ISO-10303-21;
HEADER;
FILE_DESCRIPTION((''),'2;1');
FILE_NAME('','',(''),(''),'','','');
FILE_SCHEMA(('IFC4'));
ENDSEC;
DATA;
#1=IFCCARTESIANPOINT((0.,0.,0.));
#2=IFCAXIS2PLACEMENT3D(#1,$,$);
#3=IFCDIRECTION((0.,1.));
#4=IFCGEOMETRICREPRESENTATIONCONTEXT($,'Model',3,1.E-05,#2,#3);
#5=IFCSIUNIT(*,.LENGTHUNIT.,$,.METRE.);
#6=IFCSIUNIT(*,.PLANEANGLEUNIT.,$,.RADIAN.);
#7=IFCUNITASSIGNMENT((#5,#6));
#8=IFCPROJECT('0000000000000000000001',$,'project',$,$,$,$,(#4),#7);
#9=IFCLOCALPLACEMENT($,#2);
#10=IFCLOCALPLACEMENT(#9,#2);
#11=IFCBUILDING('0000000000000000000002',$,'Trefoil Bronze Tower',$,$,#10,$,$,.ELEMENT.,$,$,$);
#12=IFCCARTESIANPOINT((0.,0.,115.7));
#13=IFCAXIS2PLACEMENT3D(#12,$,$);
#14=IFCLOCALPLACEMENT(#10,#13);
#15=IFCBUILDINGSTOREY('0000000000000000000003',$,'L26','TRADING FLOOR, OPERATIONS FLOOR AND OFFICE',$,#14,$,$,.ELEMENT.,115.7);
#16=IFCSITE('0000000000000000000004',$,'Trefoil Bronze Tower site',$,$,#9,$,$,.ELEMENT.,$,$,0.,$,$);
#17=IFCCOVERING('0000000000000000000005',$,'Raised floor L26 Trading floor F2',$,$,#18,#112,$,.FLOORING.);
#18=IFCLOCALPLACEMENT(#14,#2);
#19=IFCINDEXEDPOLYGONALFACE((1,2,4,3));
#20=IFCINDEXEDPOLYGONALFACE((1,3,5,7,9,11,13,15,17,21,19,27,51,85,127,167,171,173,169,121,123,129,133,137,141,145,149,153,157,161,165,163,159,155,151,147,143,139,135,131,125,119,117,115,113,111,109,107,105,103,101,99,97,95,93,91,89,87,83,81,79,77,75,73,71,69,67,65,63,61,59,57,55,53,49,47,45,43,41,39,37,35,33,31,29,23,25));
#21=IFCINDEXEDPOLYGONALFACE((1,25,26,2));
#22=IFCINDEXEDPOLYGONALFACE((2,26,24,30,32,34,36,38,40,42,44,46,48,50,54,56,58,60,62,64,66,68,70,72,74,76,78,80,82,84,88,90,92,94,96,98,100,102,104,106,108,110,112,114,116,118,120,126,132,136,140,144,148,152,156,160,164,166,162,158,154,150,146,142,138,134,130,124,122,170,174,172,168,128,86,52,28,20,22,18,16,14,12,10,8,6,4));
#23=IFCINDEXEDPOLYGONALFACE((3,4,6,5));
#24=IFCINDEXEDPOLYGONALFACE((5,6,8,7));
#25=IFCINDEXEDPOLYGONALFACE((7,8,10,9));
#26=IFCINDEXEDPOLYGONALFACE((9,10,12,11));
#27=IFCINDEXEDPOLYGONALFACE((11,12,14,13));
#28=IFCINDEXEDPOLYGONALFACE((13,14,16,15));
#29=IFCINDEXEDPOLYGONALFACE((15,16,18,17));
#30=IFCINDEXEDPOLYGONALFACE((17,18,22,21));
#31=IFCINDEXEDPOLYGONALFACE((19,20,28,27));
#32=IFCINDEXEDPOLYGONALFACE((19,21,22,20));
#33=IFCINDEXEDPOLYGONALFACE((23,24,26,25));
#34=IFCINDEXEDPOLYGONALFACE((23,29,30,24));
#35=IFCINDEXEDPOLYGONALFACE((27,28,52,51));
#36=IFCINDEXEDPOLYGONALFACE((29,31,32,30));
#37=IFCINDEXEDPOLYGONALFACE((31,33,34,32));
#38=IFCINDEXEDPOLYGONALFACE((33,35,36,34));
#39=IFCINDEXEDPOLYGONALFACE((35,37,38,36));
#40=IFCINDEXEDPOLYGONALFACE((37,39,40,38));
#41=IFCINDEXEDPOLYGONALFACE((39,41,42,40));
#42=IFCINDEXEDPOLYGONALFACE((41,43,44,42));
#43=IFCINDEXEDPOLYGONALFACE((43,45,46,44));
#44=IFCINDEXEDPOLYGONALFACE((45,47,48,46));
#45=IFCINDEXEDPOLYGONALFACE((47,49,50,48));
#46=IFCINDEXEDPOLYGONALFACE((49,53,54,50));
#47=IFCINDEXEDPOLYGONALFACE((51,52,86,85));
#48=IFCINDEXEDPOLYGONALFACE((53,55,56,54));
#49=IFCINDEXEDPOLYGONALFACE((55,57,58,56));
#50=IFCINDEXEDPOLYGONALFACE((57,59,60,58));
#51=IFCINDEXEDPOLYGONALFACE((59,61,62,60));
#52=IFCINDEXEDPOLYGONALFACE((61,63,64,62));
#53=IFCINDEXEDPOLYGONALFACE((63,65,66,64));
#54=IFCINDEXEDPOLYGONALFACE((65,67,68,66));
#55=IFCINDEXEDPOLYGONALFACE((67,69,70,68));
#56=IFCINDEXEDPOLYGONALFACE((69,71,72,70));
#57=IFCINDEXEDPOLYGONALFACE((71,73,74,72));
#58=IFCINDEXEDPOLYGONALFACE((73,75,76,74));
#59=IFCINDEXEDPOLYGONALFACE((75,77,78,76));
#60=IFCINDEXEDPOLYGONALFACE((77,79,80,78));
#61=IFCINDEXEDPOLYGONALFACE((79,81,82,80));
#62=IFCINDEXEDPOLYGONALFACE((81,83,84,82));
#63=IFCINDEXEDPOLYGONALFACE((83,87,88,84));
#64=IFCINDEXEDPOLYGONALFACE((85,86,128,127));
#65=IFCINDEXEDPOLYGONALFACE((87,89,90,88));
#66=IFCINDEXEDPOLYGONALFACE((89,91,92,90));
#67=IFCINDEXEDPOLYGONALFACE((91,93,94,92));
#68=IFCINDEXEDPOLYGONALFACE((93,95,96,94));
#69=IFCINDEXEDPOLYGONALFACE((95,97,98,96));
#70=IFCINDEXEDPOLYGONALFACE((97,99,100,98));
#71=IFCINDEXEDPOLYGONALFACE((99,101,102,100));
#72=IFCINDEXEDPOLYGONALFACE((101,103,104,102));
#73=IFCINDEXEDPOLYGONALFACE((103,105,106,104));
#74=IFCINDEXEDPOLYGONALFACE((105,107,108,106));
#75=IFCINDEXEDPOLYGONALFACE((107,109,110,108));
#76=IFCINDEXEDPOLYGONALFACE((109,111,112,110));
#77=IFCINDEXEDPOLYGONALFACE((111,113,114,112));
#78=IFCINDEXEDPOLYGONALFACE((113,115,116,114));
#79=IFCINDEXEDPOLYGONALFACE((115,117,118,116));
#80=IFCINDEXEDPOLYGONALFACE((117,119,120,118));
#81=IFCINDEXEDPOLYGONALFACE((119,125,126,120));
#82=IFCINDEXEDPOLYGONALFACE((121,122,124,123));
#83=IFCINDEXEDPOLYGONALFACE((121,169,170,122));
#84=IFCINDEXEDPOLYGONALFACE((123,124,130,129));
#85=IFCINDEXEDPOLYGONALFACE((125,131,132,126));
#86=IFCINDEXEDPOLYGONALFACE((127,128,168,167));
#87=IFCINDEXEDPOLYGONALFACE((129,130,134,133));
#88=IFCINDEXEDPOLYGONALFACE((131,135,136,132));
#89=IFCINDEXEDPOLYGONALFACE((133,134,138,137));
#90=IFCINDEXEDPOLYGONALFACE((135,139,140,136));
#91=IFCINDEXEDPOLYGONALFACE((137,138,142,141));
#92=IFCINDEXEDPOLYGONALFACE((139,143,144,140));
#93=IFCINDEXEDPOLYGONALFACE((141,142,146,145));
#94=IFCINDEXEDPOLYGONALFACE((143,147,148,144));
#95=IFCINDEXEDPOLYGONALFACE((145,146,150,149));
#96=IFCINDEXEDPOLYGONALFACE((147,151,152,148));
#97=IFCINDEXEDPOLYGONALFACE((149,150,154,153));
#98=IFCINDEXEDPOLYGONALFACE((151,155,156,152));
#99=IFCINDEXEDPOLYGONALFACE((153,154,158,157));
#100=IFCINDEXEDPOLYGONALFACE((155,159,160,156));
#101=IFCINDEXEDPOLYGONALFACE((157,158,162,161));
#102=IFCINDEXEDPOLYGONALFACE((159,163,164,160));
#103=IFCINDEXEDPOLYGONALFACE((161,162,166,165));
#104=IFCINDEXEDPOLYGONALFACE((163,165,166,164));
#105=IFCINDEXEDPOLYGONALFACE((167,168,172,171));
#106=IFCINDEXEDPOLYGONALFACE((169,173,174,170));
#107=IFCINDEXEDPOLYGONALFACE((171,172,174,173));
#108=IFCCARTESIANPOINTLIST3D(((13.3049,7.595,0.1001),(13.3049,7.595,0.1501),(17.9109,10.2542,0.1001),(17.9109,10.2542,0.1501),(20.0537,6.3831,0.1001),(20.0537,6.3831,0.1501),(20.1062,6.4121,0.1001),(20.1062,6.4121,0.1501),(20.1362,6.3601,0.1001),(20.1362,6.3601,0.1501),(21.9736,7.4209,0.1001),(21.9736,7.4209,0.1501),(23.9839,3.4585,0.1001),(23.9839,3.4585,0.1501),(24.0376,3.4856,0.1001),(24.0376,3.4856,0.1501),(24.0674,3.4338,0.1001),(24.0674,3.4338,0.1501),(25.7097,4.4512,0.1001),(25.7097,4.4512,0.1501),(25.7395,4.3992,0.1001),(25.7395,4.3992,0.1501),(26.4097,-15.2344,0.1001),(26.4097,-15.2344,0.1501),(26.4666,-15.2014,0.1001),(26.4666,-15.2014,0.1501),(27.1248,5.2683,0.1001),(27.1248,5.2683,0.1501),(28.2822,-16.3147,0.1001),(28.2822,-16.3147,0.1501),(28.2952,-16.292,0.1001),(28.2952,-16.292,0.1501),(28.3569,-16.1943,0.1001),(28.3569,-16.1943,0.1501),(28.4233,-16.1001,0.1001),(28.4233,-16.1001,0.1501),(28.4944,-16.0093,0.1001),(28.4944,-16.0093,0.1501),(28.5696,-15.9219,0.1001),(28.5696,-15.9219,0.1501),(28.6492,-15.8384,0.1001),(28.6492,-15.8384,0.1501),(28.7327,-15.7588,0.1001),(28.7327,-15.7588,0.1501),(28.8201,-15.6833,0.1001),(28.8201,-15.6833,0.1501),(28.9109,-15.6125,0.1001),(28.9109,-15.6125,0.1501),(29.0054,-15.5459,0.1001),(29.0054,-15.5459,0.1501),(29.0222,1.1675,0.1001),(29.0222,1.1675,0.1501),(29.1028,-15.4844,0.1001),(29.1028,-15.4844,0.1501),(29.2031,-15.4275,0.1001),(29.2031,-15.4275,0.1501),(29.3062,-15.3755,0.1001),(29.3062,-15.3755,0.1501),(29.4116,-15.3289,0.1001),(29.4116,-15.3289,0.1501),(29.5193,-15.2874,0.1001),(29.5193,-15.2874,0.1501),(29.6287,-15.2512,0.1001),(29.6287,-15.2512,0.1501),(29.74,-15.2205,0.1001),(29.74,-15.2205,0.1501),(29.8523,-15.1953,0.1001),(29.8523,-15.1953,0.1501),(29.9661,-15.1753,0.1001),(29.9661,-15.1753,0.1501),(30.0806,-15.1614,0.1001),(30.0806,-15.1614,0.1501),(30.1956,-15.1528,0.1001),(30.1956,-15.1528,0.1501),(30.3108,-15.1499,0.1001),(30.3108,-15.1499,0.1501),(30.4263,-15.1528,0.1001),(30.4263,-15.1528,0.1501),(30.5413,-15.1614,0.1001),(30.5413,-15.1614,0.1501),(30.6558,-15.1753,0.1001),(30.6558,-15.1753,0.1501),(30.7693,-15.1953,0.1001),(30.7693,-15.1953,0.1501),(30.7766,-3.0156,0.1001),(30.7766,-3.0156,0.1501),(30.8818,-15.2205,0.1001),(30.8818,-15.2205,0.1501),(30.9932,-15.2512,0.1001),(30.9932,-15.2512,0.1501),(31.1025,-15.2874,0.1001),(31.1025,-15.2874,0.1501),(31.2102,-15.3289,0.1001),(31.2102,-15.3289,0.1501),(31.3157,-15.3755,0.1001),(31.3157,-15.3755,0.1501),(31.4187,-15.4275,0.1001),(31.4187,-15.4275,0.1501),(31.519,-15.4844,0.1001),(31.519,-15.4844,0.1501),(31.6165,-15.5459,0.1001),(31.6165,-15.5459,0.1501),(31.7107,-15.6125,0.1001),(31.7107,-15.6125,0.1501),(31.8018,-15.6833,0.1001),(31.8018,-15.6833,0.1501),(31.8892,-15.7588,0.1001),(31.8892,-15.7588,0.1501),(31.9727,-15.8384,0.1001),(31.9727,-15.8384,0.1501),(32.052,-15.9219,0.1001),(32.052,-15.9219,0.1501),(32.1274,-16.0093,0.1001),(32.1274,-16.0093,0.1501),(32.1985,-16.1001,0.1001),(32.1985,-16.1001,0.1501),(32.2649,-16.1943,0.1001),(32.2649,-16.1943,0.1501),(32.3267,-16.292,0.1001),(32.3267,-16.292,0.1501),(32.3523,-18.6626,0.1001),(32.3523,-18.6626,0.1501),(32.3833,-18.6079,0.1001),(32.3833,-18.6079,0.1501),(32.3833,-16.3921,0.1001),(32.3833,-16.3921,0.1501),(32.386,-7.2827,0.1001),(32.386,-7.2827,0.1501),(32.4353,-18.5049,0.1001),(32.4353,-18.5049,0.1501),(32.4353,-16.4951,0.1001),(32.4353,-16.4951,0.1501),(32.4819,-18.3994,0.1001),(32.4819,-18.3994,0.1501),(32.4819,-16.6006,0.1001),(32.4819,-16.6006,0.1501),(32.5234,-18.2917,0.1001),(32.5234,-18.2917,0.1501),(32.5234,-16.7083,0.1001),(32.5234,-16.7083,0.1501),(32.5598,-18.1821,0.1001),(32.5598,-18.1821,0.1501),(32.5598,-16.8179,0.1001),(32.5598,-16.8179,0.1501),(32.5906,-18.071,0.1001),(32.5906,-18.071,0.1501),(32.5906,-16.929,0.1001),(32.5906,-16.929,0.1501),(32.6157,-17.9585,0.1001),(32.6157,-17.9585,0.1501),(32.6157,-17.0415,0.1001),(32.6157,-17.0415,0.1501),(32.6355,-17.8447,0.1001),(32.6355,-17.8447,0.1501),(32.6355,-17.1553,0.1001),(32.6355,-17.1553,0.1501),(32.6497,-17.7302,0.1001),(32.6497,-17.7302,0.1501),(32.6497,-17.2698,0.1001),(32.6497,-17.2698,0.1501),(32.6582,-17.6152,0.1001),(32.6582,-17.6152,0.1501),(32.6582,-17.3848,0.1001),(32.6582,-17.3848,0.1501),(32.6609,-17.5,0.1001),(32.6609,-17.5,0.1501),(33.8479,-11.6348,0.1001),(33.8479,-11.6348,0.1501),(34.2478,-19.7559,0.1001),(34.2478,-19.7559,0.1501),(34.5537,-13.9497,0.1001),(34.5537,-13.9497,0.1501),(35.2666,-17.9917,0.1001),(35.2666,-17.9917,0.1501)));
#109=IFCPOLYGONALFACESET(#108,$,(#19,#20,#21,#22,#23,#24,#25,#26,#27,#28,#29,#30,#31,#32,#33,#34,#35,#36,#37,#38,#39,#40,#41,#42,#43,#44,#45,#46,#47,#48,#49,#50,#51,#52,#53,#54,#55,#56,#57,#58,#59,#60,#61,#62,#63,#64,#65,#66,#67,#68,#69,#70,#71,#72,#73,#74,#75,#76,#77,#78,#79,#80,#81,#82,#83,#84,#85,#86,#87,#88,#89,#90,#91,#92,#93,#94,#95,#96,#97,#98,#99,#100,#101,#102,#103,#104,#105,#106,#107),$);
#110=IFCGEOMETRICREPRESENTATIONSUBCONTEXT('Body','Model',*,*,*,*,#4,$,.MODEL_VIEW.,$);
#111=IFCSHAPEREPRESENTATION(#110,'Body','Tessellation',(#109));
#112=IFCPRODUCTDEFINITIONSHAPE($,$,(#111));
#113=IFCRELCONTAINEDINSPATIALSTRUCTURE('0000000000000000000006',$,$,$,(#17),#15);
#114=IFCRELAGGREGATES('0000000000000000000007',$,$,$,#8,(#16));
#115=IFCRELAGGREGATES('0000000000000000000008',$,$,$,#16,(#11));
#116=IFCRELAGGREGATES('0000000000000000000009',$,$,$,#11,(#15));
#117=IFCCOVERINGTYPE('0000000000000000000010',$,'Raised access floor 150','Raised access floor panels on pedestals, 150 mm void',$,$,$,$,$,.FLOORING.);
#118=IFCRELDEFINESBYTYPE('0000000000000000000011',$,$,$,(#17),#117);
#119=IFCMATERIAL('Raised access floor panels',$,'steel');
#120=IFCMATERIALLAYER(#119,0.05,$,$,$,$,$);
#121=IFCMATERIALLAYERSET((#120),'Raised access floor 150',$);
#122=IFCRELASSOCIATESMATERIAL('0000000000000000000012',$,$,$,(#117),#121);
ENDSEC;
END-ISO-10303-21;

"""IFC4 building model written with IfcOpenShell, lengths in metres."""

from ifc_helpers import new_model, si_unit, direction, frame, origin, place, context, subcontext, project, spatial, polyline, outline, extrude, material, layer, layer_set, type_object, element, save


model = new_model("IFC4")

# Units and contexts
model_context = context("Model", 3, precision=1e-05, world=origin(), true_north=direction((0.0, 1.0)))
body_context = subcontext(model_context, "Body", "Model", "MODEL_VIEW")
ifc_project = project(units=[si_unit("LENGTHUNIT", "METRE"), si_unit("PLANEANGLEUNIT", "RADIAN")], contexts=[model_context])

# Site, building, storey
site_placement = place(None, origin())
site = spatial("IfcSite", under=ifc_project, at=site_placement, Name="Trefoil Bronze Tower site", CompositionType="ELEMENT", RefElevation=0.0)
building_placement = place(site_placement, origin())
building = spatial("IfcBuilding", under=site, at=building_placement, Name="Trefoil Bronze Tower", CompositionType="ELEMENT")
storey_placement = place(building_placement, frame((0.0, 0.0, 115.7)))
storey = spatial("IfcBuildingStorey", under=building, at=storey_placement, Name="L26", Description="TRADING FLOOR, OPERATIONS FLOOR AND OFFICE", CompositionType="ELEMENT", Elevation=115.7)

# Covering
ifc_material_1 = material(Name="Raised access floor panels", Category="steel")
ifc_layer_1 = layer(ifc_material_1, 0.05)
ifc_layer_set_1 = layer_set([ifc_layer_1], Name="Raised access floor 150")
covering_type_1 = type_object("IfcCoveringType", Name="Raised access floor 150", Description="Raised access floor panels on pedestals, 150 mm void", PredefinedType="FLOORING", material=ifc_layer_set_1)
covering_1_placement = place(storey_placement, frame((0.0, 0.0, 0.1001)))
element("IfcCovering", 1, at=covering_1_placement, inside=storey, type_object=covering_type_1, Name="Raised floor L26 Trading floor F2", PredefinedType="FLOORING", context=body_context, shape_type="SweptSolid", body=[
    extrude(outline(polyline([(28.2952, -16.292), (28.2822, -16.3147), (26.4097, -15.2344), (26.4666, -15.2014), (13.3049, 7.595), (17.9109, 10.2542), (20.0537, 6.3831), (20.1062, 6.4121), (20.1362, 6.3601), (21.9736, 7.4209), (23.9839, 3.4585), (24.0376, 3.4856), (24.0674, 3.4338), (25.7395, 4.3992), (25.7097, 4.4512), (27.1248, 5.2683), (29.0222, 1.1675), (30.7766, -3.0156), (32.386, -7.2827), (33.8479, -11.6348), (34.5537, -13.9497), (35.2666, -17.9917), (34.2478, -19.7559), (32.3523, -18.6626), (32.3833, -18.6079), (32.4353, -18.5049), (32.4819, -18.3994), (32.5234, -18.2917), (32.5598, -18.1821), (32.5906, -18.071), (32.6157, -17.9585), (32.6355, -17.8447), (32.6497, -17.7302), (32.6582, -17.6152), (32.6609, -17.5), (32.6582, -17.3848), (32.6497, -17.2698), (32.6355, -17.1553), (32.6157, -17.0415), (32.5906, -16.929), (32.5598, -16.8179), (32.5234, -16.7083), (32.4819, -16.6006), (32.4353, -16.4951), (32.3833, -16.3921), (32.3267, -16.292), (32.2649, -16.1943), (32.1985, -16.1001), (32.1274, -16.0093), (32.052, -15.9219), (31.9727, -15.8384), (31.8892, -15.7588), (31.8018, -15.6833), (31.7107, -15.6125), (31.6165, -15.5459), (31.519, -15.4844), (31.4187, -15.4275), (31.3157, -15.3755), (31.2102, -15.3289), (31.1025, -15.2874), (30.9932, -15.2512), (30.8818, -15.2205), (30.7693, -15.1953), (30.6558, -15.1753), (30.5413, -15.1614), (30.4263, -15.1528), (30.3108, -15.1499), (30.1956, -15.1528), (30.0806, -15.1614), (29.9661, -15.1753), (29.8523, -15.1953), (29.74, -15.2205), (29.6287, -15.2512), (29.5193, -15.2874), (29.4116, -15.3289), (29.3062, -15.3755), (29.2031, -15.4275), (29.1028, -15.4844), (29.0054, -15.5459), (28.9109, -15.6125), (28.8201, -15.6833), (28.7327, -15.7588), (28.6492, -15.8384), (28.5696, -15.9219), (28.4944, -16.0093), (28.4233, -16.1001), (28.3569, -16.1943), (28.2952, -16.292)])), origin(), (0.0, 0.0, 1.0), 0.05),
])

save(model, "model.ifc")
